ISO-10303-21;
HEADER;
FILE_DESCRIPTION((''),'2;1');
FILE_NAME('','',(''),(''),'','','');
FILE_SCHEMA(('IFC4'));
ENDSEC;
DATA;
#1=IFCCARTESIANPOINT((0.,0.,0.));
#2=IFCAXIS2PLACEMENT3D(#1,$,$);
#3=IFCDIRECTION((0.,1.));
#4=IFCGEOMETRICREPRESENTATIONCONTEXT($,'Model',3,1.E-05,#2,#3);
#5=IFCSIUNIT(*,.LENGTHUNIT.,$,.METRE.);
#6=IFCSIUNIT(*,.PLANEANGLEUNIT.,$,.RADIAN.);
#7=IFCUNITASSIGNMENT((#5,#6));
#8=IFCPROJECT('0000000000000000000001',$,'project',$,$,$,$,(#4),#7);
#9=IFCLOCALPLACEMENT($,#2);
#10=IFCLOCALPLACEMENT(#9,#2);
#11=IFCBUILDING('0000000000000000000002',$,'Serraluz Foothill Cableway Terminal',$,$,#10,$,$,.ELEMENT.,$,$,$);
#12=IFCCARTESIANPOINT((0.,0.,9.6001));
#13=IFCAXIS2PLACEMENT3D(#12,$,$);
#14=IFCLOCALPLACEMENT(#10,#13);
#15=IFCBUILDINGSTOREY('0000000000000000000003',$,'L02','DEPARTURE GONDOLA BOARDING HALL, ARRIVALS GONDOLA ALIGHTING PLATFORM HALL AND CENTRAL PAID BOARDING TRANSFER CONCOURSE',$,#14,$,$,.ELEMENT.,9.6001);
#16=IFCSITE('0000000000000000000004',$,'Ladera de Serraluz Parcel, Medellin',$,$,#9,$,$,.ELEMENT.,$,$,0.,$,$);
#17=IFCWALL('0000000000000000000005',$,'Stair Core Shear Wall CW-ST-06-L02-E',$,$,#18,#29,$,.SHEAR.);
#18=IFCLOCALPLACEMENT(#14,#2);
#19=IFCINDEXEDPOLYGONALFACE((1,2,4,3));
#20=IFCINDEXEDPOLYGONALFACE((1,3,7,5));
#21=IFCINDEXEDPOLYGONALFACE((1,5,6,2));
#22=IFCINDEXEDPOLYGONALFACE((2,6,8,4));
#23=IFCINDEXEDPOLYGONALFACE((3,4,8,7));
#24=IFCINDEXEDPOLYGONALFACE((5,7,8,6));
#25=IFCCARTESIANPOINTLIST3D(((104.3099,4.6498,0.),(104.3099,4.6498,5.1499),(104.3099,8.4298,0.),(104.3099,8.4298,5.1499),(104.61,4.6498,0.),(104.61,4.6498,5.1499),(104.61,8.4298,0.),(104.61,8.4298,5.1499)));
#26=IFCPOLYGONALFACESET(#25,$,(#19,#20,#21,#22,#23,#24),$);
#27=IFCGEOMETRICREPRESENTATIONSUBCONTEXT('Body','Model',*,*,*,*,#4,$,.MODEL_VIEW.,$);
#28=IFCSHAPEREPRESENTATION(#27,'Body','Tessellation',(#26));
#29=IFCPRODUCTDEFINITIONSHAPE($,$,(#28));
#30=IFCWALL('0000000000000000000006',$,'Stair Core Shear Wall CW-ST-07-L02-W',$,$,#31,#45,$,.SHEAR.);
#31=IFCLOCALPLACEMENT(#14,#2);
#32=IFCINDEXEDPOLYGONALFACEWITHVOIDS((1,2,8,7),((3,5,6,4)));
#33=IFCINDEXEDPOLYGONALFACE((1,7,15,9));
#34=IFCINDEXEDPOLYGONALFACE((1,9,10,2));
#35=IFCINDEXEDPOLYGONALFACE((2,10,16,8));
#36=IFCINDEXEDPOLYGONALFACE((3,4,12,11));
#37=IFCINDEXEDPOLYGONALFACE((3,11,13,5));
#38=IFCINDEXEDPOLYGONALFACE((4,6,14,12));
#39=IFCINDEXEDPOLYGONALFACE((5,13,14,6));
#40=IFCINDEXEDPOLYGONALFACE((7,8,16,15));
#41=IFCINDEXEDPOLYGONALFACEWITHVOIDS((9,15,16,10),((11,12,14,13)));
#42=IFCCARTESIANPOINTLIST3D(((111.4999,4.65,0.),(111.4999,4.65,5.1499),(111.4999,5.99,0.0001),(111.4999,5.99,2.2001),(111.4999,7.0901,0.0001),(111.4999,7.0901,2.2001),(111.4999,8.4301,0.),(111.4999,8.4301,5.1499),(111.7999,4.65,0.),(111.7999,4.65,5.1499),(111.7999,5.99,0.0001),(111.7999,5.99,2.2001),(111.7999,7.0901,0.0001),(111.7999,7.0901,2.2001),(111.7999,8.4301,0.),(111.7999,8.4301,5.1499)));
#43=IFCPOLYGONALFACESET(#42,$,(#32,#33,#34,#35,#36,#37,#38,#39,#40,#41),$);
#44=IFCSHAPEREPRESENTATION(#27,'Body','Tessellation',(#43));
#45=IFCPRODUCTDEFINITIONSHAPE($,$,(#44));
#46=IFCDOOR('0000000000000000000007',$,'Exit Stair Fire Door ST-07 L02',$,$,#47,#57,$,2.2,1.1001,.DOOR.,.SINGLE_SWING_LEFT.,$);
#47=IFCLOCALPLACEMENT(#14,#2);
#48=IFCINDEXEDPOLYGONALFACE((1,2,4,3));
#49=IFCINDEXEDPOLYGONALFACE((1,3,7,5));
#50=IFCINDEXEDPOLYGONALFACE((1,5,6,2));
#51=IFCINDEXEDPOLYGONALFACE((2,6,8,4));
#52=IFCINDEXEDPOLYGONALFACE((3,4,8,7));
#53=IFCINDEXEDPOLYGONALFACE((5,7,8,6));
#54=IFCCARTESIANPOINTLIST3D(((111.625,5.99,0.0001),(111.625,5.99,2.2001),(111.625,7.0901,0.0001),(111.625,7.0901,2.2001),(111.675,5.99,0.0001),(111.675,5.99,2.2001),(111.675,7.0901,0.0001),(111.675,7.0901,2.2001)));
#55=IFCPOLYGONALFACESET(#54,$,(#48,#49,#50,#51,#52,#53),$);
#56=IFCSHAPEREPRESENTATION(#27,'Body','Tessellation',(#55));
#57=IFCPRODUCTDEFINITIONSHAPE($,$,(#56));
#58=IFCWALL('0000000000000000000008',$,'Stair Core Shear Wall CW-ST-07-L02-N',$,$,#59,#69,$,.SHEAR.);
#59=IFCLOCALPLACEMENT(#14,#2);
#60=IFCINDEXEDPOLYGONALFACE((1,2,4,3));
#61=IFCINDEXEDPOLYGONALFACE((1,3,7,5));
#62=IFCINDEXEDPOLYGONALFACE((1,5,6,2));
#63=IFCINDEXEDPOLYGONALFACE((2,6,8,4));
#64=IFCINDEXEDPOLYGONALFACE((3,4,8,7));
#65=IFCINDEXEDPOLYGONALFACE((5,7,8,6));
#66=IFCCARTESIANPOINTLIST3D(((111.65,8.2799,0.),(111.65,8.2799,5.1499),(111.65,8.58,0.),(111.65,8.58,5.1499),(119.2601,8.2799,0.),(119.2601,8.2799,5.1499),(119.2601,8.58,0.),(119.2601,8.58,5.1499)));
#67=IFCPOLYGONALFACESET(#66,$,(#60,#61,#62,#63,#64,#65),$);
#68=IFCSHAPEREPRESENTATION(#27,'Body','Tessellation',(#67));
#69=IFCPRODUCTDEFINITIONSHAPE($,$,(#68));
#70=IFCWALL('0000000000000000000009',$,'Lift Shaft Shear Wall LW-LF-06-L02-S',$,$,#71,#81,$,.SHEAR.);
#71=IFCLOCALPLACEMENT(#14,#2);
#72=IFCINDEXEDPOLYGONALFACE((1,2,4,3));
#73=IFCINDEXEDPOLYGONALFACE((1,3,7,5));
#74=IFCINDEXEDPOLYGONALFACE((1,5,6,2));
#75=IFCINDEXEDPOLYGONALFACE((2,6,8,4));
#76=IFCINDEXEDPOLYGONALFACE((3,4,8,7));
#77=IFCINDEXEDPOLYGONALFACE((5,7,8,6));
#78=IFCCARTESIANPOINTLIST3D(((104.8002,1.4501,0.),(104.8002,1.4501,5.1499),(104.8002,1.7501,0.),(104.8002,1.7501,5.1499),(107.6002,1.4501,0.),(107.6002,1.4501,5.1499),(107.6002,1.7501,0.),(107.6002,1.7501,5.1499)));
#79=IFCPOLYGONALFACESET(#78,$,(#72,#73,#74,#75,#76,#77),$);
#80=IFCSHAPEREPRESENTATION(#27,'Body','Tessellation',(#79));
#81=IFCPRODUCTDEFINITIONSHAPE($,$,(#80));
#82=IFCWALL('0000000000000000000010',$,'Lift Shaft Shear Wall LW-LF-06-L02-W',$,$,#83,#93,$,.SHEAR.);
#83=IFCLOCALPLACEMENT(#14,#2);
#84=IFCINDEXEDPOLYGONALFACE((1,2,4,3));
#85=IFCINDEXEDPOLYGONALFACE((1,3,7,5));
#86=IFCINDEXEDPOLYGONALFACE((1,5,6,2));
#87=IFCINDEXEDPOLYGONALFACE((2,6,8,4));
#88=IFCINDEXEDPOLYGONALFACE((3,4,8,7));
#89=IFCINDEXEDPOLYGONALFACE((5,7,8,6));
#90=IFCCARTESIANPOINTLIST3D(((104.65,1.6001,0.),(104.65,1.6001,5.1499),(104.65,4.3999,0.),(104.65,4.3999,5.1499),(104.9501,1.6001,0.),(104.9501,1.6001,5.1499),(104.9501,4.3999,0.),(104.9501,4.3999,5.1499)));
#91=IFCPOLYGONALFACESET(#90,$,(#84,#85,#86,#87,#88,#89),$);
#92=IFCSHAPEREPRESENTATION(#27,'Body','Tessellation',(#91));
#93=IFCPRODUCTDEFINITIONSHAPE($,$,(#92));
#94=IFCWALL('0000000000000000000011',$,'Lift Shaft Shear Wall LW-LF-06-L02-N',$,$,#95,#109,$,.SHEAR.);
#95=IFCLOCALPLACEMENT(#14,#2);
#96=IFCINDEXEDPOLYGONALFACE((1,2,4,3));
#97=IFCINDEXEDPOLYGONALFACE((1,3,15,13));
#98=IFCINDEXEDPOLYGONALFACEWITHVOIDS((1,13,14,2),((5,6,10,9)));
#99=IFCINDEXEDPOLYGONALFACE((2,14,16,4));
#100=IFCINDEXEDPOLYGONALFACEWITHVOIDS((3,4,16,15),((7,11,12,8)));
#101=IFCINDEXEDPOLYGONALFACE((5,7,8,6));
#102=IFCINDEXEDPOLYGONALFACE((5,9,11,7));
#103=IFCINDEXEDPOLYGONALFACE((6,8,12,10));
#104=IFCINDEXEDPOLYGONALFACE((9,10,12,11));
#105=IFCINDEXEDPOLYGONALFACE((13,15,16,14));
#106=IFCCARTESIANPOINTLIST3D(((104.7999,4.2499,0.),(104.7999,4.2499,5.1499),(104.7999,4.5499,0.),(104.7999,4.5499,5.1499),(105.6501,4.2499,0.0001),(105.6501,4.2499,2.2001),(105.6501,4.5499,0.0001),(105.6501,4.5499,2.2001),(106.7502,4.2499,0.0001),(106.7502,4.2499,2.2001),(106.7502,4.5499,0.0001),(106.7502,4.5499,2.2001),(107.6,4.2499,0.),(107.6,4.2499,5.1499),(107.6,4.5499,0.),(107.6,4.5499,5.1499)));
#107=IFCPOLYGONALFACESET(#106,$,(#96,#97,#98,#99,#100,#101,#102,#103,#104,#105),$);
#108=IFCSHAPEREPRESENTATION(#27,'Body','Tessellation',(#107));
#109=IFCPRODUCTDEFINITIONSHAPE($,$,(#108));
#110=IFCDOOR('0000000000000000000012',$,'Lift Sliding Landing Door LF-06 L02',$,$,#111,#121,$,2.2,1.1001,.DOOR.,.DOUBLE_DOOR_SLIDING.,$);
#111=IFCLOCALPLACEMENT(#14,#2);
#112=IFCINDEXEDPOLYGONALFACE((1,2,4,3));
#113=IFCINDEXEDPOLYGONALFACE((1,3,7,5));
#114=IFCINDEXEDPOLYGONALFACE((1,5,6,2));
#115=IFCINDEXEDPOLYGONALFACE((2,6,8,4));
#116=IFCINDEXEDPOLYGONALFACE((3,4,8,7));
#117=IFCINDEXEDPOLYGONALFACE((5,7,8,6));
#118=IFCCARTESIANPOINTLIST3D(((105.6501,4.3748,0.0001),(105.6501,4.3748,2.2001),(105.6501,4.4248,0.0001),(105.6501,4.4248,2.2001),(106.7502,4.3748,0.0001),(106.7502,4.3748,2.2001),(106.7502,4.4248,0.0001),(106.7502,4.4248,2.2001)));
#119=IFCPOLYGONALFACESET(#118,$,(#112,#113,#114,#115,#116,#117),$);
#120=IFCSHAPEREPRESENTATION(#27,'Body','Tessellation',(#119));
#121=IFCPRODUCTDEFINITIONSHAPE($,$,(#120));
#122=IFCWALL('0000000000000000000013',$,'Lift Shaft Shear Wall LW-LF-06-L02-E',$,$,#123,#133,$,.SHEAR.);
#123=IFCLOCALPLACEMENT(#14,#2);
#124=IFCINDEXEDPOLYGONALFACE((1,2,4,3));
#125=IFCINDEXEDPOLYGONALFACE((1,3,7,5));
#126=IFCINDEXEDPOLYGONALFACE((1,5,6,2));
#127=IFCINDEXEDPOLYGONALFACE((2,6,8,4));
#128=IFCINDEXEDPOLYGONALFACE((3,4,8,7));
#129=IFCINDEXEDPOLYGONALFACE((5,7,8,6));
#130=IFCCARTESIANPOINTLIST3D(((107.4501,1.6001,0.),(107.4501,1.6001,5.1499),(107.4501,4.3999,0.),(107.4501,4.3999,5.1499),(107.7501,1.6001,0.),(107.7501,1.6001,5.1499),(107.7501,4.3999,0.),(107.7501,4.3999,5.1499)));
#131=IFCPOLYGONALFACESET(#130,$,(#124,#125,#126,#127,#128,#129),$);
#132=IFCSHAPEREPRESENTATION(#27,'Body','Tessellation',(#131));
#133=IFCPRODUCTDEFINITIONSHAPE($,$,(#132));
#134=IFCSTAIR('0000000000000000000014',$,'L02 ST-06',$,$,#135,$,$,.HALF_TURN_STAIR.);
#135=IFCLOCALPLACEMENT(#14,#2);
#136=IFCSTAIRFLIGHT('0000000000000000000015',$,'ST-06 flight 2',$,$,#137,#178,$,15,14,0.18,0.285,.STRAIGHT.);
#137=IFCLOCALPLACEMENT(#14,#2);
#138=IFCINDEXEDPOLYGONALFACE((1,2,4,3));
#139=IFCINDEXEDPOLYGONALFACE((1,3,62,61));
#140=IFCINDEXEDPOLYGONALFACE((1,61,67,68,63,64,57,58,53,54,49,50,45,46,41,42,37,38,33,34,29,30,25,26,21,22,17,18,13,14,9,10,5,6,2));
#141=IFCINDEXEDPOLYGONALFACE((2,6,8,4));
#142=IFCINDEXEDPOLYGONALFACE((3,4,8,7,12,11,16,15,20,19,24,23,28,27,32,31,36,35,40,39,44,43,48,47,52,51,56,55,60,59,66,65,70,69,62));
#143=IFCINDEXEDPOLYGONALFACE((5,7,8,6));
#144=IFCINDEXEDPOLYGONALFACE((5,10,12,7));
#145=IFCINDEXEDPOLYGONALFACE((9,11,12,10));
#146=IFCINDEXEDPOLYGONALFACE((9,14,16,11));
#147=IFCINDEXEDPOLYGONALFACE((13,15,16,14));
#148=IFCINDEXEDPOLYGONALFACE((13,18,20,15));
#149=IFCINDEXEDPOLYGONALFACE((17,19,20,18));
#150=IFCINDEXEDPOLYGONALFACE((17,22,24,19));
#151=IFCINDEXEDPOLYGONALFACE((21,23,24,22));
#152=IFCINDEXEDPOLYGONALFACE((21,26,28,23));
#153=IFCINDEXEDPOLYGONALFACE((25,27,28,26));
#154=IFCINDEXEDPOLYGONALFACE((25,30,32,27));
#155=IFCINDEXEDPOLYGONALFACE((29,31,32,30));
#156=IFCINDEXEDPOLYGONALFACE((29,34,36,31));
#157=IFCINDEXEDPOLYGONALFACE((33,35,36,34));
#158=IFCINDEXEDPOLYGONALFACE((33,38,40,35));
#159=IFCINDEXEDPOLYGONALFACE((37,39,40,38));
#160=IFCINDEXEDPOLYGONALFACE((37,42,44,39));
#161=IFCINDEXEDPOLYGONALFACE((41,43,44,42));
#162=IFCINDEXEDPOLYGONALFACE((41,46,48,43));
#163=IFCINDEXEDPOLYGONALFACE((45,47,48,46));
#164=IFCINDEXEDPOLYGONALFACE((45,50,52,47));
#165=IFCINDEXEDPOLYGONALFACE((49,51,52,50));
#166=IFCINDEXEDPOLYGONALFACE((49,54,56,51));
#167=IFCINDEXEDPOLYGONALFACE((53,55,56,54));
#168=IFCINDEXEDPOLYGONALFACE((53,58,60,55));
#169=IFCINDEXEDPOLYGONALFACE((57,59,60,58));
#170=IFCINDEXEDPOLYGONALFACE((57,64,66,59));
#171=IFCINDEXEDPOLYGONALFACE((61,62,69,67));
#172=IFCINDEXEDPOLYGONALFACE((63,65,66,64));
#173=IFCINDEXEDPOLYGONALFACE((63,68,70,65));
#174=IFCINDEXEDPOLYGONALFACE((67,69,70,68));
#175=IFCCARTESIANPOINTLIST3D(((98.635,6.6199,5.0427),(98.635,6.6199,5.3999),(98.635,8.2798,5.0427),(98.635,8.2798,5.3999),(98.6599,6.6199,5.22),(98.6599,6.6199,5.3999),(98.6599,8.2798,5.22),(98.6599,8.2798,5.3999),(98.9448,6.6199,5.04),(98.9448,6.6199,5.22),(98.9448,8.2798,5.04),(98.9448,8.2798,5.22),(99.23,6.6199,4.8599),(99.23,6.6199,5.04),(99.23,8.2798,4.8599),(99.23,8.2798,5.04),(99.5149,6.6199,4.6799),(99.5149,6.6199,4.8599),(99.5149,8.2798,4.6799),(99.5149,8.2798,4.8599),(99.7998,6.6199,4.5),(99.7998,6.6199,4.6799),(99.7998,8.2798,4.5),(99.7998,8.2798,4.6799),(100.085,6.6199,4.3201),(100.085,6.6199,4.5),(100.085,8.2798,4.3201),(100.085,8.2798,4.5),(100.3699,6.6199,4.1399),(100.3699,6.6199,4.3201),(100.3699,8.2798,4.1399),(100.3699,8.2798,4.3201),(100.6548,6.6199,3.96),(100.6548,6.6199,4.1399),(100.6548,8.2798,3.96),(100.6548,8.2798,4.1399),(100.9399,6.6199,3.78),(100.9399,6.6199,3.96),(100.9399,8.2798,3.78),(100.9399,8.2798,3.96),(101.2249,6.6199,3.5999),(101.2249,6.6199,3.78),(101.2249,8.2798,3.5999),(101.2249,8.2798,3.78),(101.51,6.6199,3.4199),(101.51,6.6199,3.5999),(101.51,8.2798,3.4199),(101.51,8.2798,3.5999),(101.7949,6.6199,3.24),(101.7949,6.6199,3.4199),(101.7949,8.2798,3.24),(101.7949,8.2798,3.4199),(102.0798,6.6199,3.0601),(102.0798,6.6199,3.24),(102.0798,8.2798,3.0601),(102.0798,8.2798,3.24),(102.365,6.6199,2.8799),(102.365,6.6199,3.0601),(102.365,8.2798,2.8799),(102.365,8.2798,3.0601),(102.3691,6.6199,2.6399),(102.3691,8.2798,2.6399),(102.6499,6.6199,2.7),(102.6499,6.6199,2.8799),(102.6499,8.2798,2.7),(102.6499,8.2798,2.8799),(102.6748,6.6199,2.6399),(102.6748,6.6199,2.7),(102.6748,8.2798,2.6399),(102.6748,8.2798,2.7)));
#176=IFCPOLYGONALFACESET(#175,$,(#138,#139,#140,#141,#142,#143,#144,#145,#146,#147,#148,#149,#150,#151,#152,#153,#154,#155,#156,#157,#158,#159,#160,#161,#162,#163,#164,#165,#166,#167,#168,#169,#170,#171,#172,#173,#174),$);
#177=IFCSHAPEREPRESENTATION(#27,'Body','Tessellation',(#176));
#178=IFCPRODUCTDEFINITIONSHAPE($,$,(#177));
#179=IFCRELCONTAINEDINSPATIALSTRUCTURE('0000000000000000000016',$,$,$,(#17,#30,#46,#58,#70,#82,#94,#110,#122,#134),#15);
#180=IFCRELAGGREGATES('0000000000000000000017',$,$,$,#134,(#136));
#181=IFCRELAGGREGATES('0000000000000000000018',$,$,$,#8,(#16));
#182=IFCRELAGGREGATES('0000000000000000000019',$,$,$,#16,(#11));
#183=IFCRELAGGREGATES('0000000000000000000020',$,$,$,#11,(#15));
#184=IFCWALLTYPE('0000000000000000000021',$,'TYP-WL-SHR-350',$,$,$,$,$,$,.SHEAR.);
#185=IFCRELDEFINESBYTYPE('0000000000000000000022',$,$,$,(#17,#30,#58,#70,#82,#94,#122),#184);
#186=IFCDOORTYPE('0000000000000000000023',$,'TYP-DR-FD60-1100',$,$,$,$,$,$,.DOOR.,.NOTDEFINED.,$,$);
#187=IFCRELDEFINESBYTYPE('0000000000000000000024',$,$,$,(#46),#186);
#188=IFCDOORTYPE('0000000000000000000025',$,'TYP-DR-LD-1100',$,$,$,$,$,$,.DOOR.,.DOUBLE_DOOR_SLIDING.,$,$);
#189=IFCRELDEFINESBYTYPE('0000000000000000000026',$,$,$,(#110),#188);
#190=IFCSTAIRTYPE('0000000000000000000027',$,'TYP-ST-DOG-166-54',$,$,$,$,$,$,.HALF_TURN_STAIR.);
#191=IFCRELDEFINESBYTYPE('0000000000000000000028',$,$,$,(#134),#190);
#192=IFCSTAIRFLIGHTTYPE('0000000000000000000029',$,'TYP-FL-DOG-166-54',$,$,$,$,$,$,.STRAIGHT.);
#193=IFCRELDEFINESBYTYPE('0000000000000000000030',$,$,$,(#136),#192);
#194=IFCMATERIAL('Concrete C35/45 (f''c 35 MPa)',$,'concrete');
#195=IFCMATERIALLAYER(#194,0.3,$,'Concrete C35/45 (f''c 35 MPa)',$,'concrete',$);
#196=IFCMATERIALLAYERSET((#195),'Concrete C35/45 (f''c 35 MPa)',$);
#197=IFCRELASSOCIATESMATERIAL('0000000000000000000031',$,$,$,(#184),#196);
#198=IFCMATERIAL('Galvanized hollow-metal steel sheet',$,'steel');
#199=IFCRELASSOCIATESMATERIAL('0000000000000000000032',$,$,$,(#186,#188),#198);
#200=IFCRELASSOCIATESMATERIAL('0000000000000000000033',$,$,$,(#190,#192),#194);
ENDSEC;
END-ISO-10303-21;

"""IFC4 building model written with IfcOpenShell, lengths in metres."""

from ifc_helpers import new_model, si_unit, direction, frame, frame_2d, origin, place, context, subcontext, project, spatial, polyline, rectangle, outline, extrude, material, layer, layer_set, type_object, element, fill, aggregate, save


model = new_model("IFC4")

# Units and contexts
model_context = context("Model", 3, precision=1e-05, world=origin(), true_north=direction((0.0, 1.0)))
body_context = subcontext(model_context, "Body", "Model", "MODEL_VIEW")
ifc_project = project(units=[si_unit("LENGTHUNIT", "METRE"), si_unit("PLANEANGLEUNIT", "RADIAN")], contexts=[model_context])

# Site, building, storey
site_placement = place(None, origin())
site = spatial("IfcSite", under=ifc_project, at=site_placement, Name="Ladera de Serraluz Parcel, Medellin", CompositionType="ELEMENT", RefElevation=0.0)
building_placement = place(site_placement, origin())
building = spatial("IfcBuilding", under=site, at=building_placement, Name="Serraluz Foothill Cableway Terminal", CompositionType="ELEMENT")
storey_placement = place(building_placement, frame((0.0, 0.0, 9.6001)))
storey = spatial("IfcBuildingStorey", under=building, at=storey_placement, Name="L02", Description="DEPARTURE GONDOLA BOARDING HALL, ARRIVALS GONDOLA ALIGHTING PLATFORM HALL AND CENTRAL PAID BOARDING TRANSFER CONCOURSE", CompositionType="ELEMENT", Elevation=9.6001)

# Wall
ifc_material_1 = material(Name="Concrete C35/45 (f'c 35 MPa)", Category="concrete")
ifc_layer_1 = layer(ifc_material_1, 0.3, Name="Concrete C35/45 (f'c 35 MPa)", Category="concrete")
ifc_layer_set_1 = layer_set([ifc_layer_1], Name="Concrete C35/45 (f'c 35 MPa)")
wall_type_1 = type_object("IfcWallType", Name="TYP-WL-SHR-350", PredefinedType="SHEAR", material=ifc_layer_set_1)
wall_1_placement = place(storey_placement, frame((104.46, 8.4299, 0.0), z_axis=(0.0, 0.0, 1.0), x_axis=(0.0, -1.0, 0.0)))
element("IfcWall", 1, at=wall_1_placement, inside=storey, type_object=wall_type_1, Name="Stair Core Shear Wall CW-ST-06-L02-E", PredefinedType="SHEAR", context=body_context, shape_type="SweptSolid", body=[
    extrude(rectangle(XDim=3.78, YDim=0.3, at=frame_2d((1.8901, 0.0))), origin(), (0.0, 0.0, 1.0), 5.1499),
])

# Wall, opening, door
wall_2_placement = place(storey_placement, frame((111.6499, 4.6499, 0.0), z_axis=(0.0, 0.0, 1.0), x_axis=(0.0, 1.0, 0.0)))
wall_2 = element("IfcWall", 2, at=wall_2_placement, inside=storey, type_object=wall_type_1, Name="Stair Core Shear Wall CW-ST-07-L02-W", PredefinedType="SHEAR", context=body_context, shape_type="SweptSolid", body=[
    extrude(rectangle(XDim=3.78, YDim=0.3, at=frame_2d((1.8901, 0.0))), origin(), (0.0, 0.0, 1.0), 5.1499),
])
opening_1_placement = place(wall_2_placement, frame((1.3401, 0.0, 0.0)))
opening_1 = element("IfcOpeningElement", 3, at=opening_1_placement, cuts=wall_2, PredefinedType="OPENING", context=body_context, shape_type="SweptSolid", body=[
    extrude(rectangle(XDim=1.1001, YDim=2.2, at=frame_2d((0.55, 1.1001))), frame((0.0, 0.1602, 0.0), z_axis=(0.0, -1.0, 0.0), x_axis=(1.0, 0.0, 0.0)), (0.0, 0.0, 1.0), 0.3201),
])
ifc_material_2 = material(Name="Galvanized hollow-metal steel sheet", Category="steel")
door_type_1 = type_object("IfcDoorType", Name="TYP-DR-FD60-1100", OperationType="NOTDEFINED", PredefinedType="DOOR", material=ifc_material_2)
door_1_placement = place(opening_1_placement, origin())
door_1 = element("IfcDoor", 4, at=door_1_placement, inside=storey, type_object=door_type_1, Name="Exit Stair Fire Door ST-07 L02", OperationType="SINGLE_SWING_LEFT", OverallHeight=2.2, OverallWidth=1.1001, PredefinedType="DOOR", context=body_context, shape_type="SweptSolid", body=[
    extrude(rectangle(XDim=1.1001, YDim=2.2, at=frame_2d((0.55, 1.1001))), frame((0.0, 0.0249, 0.0), z_axis=(0.0, -1.0, 0.0), x_axis=(1.0, 0.0, 0.0)), (0.0, 0.0, 1.0), 0.05),
])
fill(opening_1, door_1)

# Walls
wall_3_placement = place(storey_placement, frame((111.6499, 8.4299, 0.0), z_axis=(0.0, 0.0, 1.0), x_axis=(1.0, 0.0, 0.0)))
element("IfcWall", 5, at=wall_3_placement, inside=storey, type_object=wall_type_1, Name="Stair Core Shear Wall CW-ST-07-L02-N", PredefinedType="SHEAR", context=body_context, shape_type="SweptSolid", body=[
    extrude(rectangle(XDim=7.6101, YDim=0.3, at=frame_2d((3.8052, 0.0))), origin(), (0.0, 0.0, 1.0), 5.1499),
])
wall_4_placement = place(storey_placement, frame((107.6001, 1.6001, 0.0), z_axis=(0.0, 0.0, 1.0), x_axis=(-1.0, 0.0, 0.0)))
element("IfcWall", 6, at=wall_4_placement, inside=storey, type_object=wall_type_1, Name="Lift Shaft Shear Wall LW-LF-06-L02-S", PredefinedType="SHEAR", context=body_context, shape_type="SweptSolid", body=[
    extrude(rectangle(XDim=2.8, YDim=0.3, at=frame_2d((1.3999, 0.0))), origin(), (0.0, 0.0, 1.0), 5.1499),
])
wall_5_placement = place(storey_placement, frame((104.8, 1.6001, 0.0), z_axis=(0.0, 0.0, 1.0), x_axis=(0.0, 1.0, 0.0)))
element("IfcWall", 7, at=wall_5_placement, inside=storey, type_object=wall_type_1, Name="Lift Shaft Shear Wall LW-LF-06-L02-W", PredefinedType="SHEAR", context=body_context, shape_type="SweptSolid", body=[
    extrude(rectangle(XDim=2.7998, YDim=0.3, at=frame_2d((1.3999, 0.0))), origin(), (0.0, 0.0, 1.0), 5.1499),
])

# Wall, opening, door
wall_6_placement = place(storey_placement, frame((104.8, 4.3999, 0.0), z_axis=(0.0, 0.0, 1.0), x_axis=(1.0, 0.0, 0.0)))
wall_6 = element("IfcWall", 8, at=wall_6_placement, inside=storey, type_object=wall_type_1, Name="Lift Shaft Shear Wall LW-LF-06-L02-N", PredefinedType="SHEAR", context=body_context, shape_type="SweptSolid", body=[
    extrude(rectangle(XDim=2.8, YDim=0.3, at=frame_2d((1.3999, 0.0))), origin(), (0.0, 0.0, 1.0), 5.1499),
])
opening_2_placement = place(wall_6_placement, frame((0.8501, 0.0, 0.0)))
opening_2 = element("IfcOpeningElement", 9, at=opening_2_placement, cuts=wall_6, PredefinedType="OPENING", context=body_context, shape_type="SweptSolid", body=[
    extrude(rectangle(XDim=1.1001, YDim=2.2, at=frame_2d((0.55, 1.1001))), frame((0.0, 0.1602, 0.0), z_axis=(0.0, -1.0, 0.0), x_axis=(1.0, 0.0, 0.0)), (0.0, 0.0, 1.0), 0.3201),
])
door_type_2 = type_object("IfcDoorType", Name="TYP-DR-LD-1100", OperationType="DOUBLE_DOOR_SLIDING", PredefinedType="DOOR", material=ifc_material_2)
door_2_placement = place(opening_2_placement, origin())
door_2 = element("IfcDoor", 10, at=door_2_placement, inside=storey, type_object=door_type_2, Name="Lift Sliding Landing Door LF-06 L02", OperationType="DOUBLE_DOOR_SLIDING", OverallHeight=2.2, OverallWidth=1.1001, PredefinedType="DOOR", context=body_context, shape_type="SweptSolid", body=[
    extrude(rectangle(XDim=1.1001, YDim=2.2, at=frame_2d((0.55, 1.1001))), frame((0.0, 0.0249, 0.0), z_axis=(0.0, -1.0, 0.0), x_axis=(1.0, 0.0, 0.0)), (0.0, 0.0, 1.0), 0.05),
])
fill(opening_2, door_2)

# Wall
wall_7_placement = place(storey_placement, frame((107.6001, 4.3999, 0.0), z_axis=(0.0, 0.0, 1.0), x_axis=(0.0, -1.0, 0.0)))
element("IfcWall", 11, at=wall_7_placement, inside=storey, type_object=wall_type_1, Name="Lift Shaft Shear Wall LW-LF-06-L02-E", PredefinedType="SHEAR", context=body_context, shape_type="SweptSolid", body=[
    extrude(rectangle(XDim=2.7998, YDim=0.3, at=frame_2d((1.3999, 0.0))), origin(), (0.0, 0.0, 1.0), 5.1499),
])

# Stair, stair flight
stair_type = type_object("IfcStairType", Name="TYP-ST-DOG-166-54", PredefinedType="HALF_TURN_STAIR", material=ifc_material_1)
stair_placement = place(storey_placement, origin())
stair = element("IfcStair", 12, at=stair_placement, inside=storey, type_object=stair_type, Name="L02 ST-06", PredefinedType="HALF_TURN_STAIR")
stair_flight_type = type_object("IfcStairFlightType", Name="TYP-FL-DOG-166-54", PredefinedType="STRAIGHT", material=ifc_material_1)
stair_flight_placement = place(storey_placement, frame((102.6499, 7.45, 2.7), z_axis=(0.0, 0.0, 1.0), x_axis=(-1.0, 0.0, 0.0)))
stair_flight = element("IfcStairFlight", 13, at=stair_flight_placement, type_object=stair_flight_type, Name="ST-06 flight 2", NumberOfRisers=15, NumberOfTreads=14, PredefinedType="STRAIGHT", RiserHeight=0.18, TreadLength=0.285, context=body_context, shape_type="SweptSolid", body=[
    extrude(outline(polyline([(-0.0249, -0.0601), (-0.0249, 0.0), (0.0, 0.0), (0.0, 0.1799), (0.2849, 0.1799), (0.2849, 0.3601), (0.5701, 0.3601), (0.5701, 0.54), (0.855, 0.54), (0.855, 0.72), (1.1399, 0.72), (1.1399, 0.8999), (1.425, 0.8999), (1.425, 1.0801), (1.71, 1.0801), (1.71, 1.26), (1.9951, 1.26), (1.9951, 1.4399), (2.28, 1.4399), (2.28, 1.6201), (2.5649, 1.6201), (2.5649, 1.8), (2.8501, 1.8), (2.8501, 1.98), (3.135, 1.98), (3.135, 2.1599), (3.4199, 2.1599), (3.4199, 2.3401), (3.7051, 2.3401), (3.7051, 2.52), (3.99, 2.52), (3.99, 2.7), (4.0149, 2.7), (4.0149, 2.3428), (0.2808, -0.0601), (-0.0249, -0.0601)])), frame((0.0, 0.8301, 0.0), z_axis=(0.0, -1.0, 0.0), x_axis=(1.0, 0.0, 0.0)), (0.0, 0.0, 1.0), 1.6599),
])
aggregate(stair, [stair_flight])

save(model, "model.ifc")
